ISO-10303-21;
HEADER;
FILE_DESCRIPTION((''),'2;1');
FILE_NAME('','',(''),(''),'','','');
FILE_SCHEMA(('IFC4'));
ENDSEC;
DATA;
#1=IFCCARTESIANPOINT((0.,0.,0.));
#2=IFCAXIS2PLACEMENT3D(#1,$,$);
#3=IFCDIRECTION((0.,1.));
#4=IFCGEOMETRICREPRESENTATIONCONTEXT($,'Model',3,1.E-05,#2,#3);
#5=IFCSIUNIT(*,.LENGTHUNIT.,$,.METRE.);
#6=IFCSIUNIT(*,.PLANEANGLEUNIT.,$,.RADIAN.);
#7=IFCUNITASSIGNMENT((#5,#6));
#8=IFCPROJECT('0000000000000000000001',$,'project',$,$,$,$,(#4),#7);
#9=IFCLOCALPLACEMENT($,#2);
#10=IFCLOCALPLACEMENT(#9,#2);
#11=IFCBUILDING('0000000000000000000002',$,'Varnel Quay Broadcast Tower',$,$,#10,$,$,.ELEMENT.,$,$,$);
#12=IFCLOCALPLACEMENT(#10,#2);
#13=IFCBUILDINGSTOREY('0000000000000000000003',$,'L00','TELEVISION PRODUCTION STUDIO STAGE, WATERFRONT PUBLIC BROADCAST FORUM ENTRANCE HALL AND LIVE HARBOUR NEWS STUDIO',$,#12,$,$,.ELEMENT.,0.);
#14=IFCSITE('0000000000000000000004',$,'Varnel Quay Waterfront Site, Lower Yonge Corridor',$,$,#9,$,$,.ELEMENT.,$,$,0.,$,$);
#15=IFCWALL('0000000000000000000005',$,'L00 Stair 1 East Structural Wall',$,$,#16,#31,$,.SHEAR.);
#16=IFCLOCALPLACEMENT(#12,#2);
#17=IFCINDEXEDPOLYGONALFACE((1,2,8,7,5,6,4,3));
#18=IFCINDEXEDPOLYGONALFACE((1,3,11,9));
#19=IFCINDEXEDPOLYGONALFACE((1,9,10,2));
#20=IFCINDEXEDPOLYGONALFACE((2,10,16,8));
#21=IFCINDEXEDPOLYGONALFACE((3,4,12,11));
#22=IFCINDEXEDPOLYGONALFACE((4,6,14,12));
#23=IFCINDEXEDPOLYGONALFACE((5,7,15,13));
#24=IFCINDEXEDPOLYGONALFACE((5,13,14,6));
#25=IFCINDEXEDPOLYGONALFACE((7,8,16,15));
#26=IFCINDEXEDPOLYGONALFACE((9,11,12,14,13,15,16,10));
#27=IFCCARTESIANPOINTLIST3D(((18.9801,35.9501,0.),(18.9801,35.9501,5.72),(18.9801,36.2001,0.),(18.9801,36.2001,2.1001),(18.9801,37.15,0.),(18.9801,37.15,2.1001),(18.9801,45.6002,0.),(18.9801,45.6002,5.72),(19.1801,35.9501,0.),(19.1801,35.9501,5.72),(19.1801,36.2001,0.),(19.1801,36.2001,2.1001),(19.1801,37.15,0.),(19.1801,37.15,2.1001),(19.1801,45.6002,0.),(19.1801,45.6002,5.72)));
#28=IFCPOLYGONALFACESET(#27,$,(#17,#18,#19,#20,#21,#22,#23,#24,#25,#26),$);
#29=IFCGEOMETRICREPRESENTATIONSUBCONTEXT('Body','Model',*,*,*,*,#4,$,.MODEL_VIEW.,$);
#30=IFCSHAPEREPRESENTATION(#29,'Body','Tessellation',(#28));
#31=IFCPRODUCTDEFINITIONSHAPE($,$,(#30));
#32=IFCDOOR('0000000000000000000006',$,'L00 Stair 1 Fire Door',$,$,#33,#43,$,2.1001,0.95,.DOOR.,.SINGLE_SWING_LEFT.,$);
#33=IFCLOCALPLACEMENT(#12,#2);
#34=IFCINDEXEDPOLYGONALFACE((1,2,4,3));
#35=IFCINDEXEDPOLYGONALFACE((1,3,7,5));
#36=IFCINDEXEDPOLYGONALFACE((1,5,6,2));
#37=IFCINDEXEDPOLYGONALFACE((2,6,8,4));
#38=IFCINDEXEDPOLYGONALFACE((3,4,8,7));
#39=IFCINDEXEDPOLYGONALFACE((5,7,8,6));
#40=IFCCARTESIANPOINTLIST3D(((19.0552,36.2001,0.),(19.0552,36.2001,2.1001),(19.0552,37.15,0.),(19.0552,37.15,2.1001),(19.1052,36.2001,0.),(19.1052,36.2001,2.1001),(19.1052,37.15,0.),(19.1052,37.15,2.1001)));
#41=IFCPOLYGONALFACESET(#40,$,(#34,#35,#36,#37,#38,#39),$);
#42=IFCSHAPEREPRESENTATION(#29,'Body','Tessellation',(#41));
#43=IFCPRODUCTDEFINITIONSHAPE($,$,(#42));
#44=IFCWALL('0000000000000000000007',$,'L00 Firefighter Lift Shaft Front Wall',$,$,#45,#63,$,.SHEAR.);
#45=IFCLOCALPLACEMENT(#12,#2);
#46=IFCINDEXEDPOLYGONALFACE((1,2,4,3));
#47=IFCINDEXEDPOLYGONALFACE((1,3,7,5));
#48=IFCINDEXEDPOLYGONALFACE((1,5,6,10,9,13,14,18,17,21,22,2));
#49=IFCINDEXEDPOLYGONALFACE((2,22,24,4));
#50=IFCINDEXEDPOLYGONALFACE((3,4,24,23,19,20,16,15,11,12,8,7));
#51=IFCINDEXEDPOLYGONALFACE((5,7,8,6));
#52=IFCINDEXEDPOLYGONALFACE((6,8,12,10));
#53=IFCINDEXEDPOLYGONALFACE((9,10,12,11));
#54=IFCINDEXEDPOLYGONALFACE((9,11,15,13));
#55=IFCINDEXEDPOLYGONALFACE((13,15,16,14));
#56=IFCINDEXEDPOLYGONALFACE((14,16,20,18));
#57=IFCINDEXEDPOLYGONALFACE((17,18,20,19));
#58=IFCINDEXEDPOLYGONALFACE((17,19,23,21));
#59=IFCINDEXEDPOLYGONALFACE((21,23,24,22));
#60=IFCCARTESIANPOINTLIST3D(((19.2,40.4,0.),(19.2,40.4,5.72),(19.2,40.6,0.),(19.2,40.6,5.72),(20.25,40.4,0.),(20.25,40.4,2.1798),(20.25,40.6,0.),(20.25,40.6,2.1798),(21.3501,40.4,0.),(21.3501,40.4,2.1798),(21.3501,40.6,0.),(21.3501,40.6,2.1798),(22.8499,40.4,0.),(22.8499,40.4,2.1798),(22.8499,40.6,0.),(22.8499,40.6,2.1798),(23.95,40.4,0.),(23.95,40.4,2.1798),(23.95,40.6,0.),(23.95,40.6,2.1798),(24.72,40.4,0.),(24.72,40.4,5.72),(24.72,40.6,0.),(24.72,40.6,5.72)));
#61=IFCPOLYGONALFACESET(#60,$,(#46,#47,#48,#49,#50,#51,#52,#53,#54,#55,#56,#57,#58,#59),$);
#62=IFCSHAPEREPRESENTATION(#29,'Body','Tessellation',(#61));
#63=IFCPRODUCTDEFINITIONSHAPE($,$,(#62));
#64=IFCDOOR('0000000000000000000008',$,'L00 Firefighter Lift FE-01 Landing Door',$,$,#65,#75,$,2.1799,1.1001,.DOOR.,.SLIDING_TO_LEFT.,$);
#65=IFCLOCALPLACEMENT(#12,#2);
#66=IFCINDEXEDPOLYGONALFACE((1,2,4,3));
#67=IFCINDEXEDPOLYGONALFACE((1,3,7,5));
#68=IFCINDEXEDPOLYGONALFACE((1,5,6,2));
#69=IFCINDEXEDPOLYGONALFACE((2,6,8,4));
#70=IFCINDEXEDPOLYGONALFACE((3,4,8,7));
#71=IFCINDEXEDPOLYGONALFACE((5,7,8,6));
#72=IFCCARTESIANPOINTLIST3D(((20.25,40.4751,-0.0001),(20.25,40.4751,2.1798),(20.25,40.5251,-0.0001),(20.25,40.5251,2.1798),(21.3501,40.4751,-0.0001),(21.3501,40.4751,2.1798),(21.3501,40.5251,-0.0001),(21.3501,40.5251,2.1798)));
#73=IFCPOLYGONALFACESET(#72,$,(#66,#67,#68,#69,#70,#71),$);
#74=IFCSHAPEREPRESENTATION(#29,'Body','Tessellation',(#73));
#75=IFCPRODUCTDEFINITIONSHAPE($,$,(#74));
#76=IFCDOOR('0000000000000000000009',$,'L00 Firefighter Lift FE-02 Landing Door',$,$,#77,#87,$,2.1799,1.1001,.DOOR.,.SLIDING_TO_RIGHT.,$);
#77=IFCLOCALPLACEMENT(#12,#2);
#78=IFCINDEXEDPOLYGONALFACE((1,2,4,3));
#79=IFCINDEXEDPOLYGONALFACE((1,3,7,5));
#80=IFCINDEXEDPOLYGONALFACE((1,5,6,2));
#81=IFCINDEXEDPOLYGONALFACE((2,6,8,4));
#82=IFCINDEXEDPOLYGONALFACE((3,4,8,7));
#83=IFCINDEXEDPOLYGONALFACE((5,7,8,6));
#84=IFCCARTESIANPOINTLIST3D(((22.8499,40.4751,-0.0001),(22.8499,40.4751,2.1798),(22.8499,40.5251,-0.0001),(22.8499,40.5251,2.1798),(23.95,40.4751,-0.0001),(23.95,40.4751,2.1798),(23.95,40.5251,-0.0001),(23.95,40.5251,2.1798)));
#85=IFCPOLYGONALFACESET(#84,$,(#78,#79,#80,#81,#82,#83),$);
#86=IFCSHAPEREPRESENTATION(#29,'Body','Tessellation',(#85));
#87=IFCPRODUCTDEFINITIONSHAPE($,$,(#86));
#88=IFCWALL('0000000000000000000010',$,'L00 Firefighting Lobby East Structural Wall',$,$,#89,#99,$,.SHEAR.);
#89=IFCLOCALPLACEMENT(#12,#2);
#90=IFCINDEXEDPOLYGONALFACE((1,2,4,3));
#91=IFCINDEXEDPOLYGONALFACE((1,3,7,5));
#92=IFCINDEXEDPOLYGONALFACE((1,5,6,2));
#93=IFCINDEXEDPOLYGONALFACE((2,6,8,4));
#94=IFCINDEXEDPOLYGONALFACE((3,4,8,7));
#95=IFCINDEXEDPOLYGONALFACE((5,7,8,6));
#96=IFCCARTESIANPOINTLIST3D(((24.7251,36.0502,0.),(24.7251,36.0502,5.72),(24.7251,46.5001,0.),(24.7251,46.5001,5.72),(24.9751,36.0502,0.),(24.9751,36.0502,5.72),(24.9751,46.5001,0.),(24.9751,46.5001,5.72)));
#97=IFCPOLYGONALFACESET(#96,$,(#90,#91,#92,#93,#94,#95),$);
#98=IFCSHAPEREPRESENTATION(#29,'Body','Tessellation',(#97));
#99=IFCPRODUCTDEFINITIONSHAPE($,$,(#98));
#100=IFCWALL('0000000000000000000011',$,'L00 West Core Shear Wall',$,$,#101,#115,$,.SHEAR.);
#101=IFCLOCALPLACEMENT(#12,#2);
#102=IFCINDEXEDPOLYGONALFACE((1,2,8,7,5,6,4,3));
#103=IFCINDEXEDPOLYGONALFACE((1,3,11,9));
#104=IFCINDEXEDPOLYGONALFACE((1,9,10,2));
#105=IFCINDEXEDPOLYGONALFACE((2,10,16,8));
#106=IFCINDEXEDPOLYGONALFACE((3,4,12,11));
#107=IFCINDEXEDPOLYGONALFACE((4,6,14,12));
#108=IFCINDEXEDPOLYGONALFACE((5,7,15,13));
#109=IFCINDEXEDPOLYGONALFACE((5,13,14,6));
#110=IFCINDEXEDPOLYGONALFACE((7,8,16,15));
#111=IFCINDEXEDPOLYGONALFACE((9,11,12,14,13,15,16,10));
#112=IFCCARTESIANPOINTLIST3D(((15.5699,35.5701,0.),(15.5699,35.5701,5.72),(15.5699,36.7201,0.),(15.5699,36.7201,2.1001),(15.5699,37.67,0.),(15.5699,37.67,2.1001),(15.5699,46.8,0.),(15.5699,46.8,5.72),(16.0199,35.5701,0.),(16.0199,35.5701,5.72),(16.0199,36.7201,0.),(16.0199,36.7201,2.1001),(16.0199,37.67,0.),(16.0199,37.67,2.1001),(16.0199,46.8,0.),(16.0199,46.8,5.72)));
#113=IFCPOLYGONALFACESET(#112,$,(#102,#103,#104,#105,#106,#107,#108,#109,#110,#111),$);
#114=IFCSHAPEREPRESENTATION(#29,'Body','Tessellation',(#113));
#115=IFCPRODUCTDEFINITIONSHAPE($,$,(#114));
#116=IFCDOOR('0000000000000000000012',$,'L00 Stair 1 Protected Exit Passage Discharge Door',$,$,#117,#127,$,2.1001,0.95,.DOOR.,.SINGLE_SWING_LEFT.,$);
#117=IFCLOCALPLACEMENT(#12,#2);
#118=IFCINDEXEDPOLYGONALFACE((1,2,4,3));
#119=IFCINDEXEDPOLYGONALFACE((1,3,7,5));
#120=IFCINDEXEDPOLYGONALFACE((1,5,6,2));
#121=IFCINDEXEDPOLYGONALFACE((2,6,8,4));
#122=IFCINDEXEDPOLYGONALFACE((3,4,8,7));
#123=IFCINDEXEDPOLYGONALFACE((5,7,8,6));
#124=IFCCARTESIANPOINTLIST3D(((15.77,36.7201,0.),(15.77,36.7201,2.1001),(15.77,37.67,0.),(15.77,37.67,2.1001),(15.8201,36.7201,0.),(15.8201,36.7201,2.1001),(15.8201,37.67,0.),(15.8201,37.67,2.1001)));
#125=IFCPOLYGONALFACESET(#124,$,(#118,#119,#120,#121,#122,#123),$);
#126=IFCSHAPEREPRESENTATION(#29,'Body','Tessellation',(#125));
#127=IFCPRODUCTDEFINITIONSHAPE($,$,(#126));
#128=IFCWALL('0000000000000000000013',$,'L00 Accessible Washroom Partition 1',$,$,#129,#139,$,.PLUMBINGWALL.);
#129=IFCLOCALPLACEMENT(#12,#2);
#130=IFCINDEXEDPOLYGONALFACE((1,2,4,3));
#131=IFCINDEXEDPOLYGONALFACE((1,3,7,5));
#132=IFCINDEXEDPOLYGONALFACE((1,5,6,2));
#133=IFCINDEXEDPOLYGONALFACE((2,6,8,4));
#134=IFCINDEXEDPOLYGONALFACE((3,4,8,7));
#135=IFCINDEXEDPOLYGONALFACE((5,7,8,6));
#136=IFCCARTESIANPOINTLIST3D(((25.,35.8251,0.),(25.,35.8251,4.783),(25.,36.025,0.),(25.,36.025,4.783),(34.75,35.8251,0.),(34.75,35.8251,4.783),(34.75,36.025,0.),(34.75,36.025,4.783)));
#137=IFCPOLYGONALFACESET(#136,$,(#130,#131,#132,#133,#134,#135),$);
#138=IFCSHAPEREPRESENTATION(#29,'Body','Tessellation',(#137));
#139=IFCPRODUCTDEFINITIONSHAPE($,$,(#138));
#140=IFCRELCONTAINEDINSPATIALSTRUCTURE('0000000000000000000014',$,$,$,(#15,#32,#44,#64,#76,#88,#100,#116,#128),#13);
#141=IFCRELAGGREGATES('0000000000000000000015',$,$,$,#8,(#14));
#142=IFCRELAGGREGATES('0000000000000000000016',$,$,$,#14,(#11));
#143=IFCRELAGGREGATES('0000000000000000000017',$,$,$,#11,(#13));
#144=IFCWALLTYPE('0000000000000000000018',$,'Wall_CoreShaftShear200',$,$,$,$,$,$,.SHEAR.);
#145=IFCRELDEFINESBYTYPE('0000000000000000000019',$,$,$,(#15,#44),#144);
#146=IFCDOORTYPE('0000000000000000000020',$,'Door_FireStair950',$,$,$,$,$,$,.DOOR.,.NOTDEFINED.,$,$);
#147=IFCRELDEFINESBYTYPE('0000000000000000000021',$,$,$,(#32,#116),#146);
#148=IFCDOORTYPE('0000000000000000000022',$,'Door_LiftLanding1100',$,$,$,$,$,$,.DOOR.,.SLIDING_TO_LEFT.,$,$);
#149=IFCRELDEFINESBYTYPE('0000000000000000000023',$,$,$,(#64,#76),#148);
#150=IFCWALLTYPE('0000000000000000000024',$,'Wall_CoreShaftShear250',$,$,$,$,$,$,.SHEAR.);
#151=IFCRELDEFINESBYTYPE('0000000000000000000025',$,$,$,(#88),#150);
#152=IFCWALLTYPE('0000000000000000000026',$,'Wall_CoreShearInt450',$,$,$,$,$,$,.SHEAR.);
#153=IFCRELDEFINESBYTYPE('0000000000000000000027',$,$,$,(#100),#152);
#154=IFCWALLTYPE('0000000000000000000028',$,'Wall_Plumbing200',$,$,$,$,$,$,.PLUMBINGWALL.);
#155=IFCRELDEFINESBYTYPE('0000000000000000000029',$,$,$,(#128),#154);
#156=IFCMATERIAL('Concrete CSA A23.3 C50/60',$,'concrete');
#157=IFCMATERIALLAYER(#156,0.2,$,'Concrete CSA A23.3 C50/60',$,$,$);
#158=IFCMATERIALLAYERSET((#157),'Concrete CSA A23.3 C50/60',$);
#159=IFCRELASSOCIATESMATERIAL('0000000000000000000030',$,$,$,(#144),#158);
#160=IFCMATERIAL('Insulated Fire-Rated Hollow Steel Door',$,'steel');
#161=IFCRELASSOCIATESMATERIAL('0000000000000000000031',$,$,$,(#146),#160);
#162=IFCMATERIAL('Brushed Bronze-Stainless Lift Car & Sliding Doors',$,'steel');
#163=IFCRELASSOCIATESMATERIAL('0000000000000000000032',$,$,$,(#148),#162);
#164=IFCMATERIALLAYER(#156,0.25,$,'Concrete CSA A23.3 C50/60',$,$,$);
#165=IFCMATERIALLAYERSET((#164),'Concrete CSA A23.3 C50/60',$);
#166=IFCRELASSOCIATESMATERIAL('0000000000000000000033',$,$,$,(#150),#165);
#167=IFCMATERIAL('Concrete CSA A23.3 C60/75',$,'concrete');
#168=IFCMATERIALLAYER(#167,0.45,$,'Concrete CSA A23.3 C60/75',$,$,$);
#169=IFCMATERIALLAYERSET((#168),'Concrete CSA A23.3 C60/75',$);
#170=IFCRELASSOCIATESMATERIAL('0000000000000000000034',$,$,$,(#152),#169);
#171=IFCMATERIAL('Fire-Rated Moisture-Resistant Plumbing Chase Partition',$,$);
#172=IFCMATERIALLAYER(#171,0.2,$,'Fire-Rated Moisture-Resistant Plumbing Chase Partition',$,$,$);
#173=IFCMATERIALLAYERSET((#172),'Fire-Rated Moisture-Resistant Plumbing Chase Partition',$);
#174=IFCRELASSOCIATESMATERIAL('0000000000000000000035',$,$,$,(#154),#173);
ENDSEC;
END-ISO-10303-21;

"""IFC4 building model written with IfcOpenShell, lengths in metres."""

from ifc_helpers import new_model, si_unit, direction, frame, frame_2d, origin, place, context, subcontext, project, spatial, rectangle, extrude, source, transform, mapped, material, layer, layer_set, type_object, type_shapes, element, fill, save


model = new_model("IFC4")

# Units and contexts
model_context = context("Model", 3, precision=1e-05, world=origin(), true_north=direction((0.0, 1.0)))
body_context = subcontext(model_context, "Body", "Model", "MODEL_VIEW")
ifc_project = project(units=[si_unit("LENGTHUNIT", "METRE"), si_unit("PLANEANGLEUNIT", "RADIAN")], contexts=[model_context])

# Site, building, storey
site_placement = place(None, origin())
site = spatial("IfcSite", under=ifc_project, at=site_placement, Name="Varnel Quay Waterfront Site, Lower Yonge Corridor", CompositionType="ELEMENT", RefElevation=0.0)
building_placement = place(site_placement, origin())
building = spatial("IfcBuilding", under=site, at=building_placement, Name="Varnel Quay Broadcast Tower", CompositionType="ELEMENT")
storey_placement = place(building_placement, origin())
storey = spatial("IfcBuildingStorey", under=building, at=storey_placement, Name="L00", Description="TELEVISION PRODUCTION STUDIO STAGE, WATERFRONT PUBLIC BROADCAST FORUM ENTRANCE HALL AND LIVE HARBOUR NEWS STUDIO", CompositionType="ELEMENT", Elevation=0.0)

# Wall, opening, door
ifc_material_1 = material(Name="Concrete CSA A23.3 C50/60", Category="concrete")
ifc_layer_1 = layer(ifc_material_1, 0.2, Name="Concrete CSA A23.3 C50/60")
ifc_layer_set_1 = layer_set([ifc_layer_1], Name="Concrete CSA A23.3 C50/60")
wall_type_1 = type_object("IfcWallType", Name="Wall_CoreShaftShear200", PredefinedType="SHEAR", material=ifc_layer_set_1)
wall_1_placement = place(storey_placement, frame((19.0801, 35.95, 0.0), z_axis=(0.0, 0.0, 1.0), x_axis=(0.0, 1.0, 0.0)))
wall_1 = element("IfcWall", 1, at=wall_1_placement, inside=storey, type_object=wall_type_1, Name="L00 Stair 1 East Structural Wall", PredefinedType="SHEAR", context=body_context, shape_type="SweptSolid", body=[
    extrude(rectangle(XDim=9.6501, YDim=0.2, at=frame_2d((4.8252, 0.0))), origin(), (0.0, 0.0, 1.0), 5.72),
])
opening_1_placement = place(wall_1_placement, frame((0.25, 0.0, 0.0)))
opening_1 = element("IfcOpeningElement", 2, at=opening_1_placement, cuts=wall_1, PredefinedType="OPENING", context=body_context, shape_type="SweptSolid", body=[
    extrude(rectangle(XDim=0.95, YDim=2.1001, at=frame_2d((0.4751, 1.05))), frame((0.0, 0.1099, 0.0), z_axis=(0.0, -1.0, 0.0), x_axis=(1.0, 0.0, 0.0)), (0.0, 0.0, 1.0), 0.22),
])
ifc_material_2 = material(Name="Insulated Fire-Rated Hollow Steel Door", Category="steel")
door_type_1 = type_object("IfcDoorType", Name="Door_FireStair950", OperationType="NOTDEFINED", PredefinedType="DOOR", material=ifc_material_2)
shared_shape_1 = source(origin(), body_context, "Body", "SweptSolid", [
    extrude(rectangle(XDim=0.95, YDim=2.1001, at=frame_2d((0.4751, 1.05))), frame((0.0, 0.0249, 0.0), z_axis=(0.0, -1.0, 0.0), x_axis=(1.0, 0.0, 0.0)), (0.0, 0.0, 1.0), 0.05),
])
type_shapes(door_type_1, [shared_shape_1])
door_1_placement = place(opening_1_placement, origin())
door_1 = element("IfcDoor", 3, at=door_1_placement, inside=storey, type_object=door_type_1, Name="L00 Stair 1 Fire Door", OperationType="SINGLE_SWING_LEFT", OverallHeight=2.1001, OverallWidth=0.95, PredefinedType="DOOR", context=body_context, shape_type="MappedRepresentation", body=[
    mapped(shared_shape_1, transform((0.0, 0.0, 0.0), x_axis=(1.0, 0.0, 0.0), y_axis=(0.0, 1.0, 0.0), z_axis=(0.0, 0.0, 1.0), scale=1.0)),
])
fill(opening_1, door_1)

# Wall, openings, doors
wall_2_placement = place(storey_placement, frame((19.2, 40.5, 0.0), z_axis=(0.0, 0.0, 1.0), x_axis=(1.0, 0.0, 0.0)))
wall_2 = element("IfcWall", 4, at=wall_2_placement, inside=storey, type_object=wall_type_1, Name="L00 Firefighter Lift Shaft Front Wall", PredefinedType="SHEAR", context=body_context, shape_type="SweptSolid", body=[
    extrude(rectangle(XDim=5.52, YDim=0.2, at=frame_2d((2.76, 0.0))), origin(), (0.0, 0.0, 1.0), 5.72),
])
opening_2_placement = place(wall_2_placement, frame((1.05, 0.0, 0.0)))
opening_2 = element("IfcOpeningElement", 5, at=opening_2_placement, cuts=wall_2, PredefinedType="OPENING", context=body_context, shape_type="SweptSolid", body=[
    extrude(rectangle(XDim=1.1001, YDim=2.1799, at=frame_2d((0.55, 1.0898))), frame((0.0, 0.1099, 0.0), z_axis=(0.0, -1.0, 0.0), x_axis=(1.0, 0.0, 0.0)), (0.0, 0.0, 1.0), 0.22),
])
opening_3_placement = place(wall_2_placement, frame((3.6499, 0.0, 0.0)))
opening_3 = element("IfcOpeningElement", 6, at=opening_3_placement, cuts=wall_2, PredefinedType="OPENING", context=body_context, shape_type="SweptSolid", body=[
    extrude(rectangle(XDim=1.1001, YDim=2.1799, at=frame_2d((0.55, 1.0898))), frame((0.0, 0.1099, 0.0), z_axis=(0.0, -1.0, 0.0), x_axis=(1.0, 0.0, 0.0)), (0.0, 0.0, 1.0), 0.22),
])
ifc_material_3 = material(Name="Brushed Bronze-Stainless Lift Car & Sliding Doors", Category="steel")
door_type_2 = type_object("IfcDoorType", Name="Door_LiftLanding1100", OperationType="SLIDING_TO_LEFT", PredefinedType="DOOR", material=ifc_material_3)
shared_shape_2 = source(origin(), body_context, "Body", "SweptSolid", [
    extrude(rectangle(XDim=1.1001, YDim=2.1799, at=frame_2d((0.55, 1.0898))), frame((0.0, 0.0249, 0.0), z_axis=(0.0, -1.0, 0.0), x_axis=(1.0, 0.0, 0.0)), (0.0, 0.0, 1.0), 0.05),
])
type_shapes(door_type_2, [shared_shape_2])
door_2_placement = place(opening_2_placement, frame((1.1001, 0.0, 0.0), z_axis=(0.0, 0.0, 1.0), x_axis=(-1.0, 0.0, 0.0)))
door_2 = element("IfcDoor", 7, at=door_2_placement, inside=storey, type_object=door_type_2, Name="L00 Firefighter Lift FE-01 Landing Door", OperationType="SLIDING_TO_LEFT", OverallHeight=2.1799, OverallWidth=1.1001, PredefinedType="DOOR", context=body_context, shape_type="MappedRepresentation", body=[
    mapped(shared_shape_2, transform((0.0, 0.0, 0.0), x_axis=(1.0, 0.0, 0.0), y_axis=(0.0, 1.0, 0.0), z_axis=(0.0, 0.0, 1.0), scale=1.0)),
])
fill(opening_2, door_2)
door_3_placement = place(opening_3_placement, frame((1.1001, 0.0, 0.0), z_axis=(0.0, 0.0, 1.0), x_axis=(-1.0, 0.0, 0.0)))
door_3 = element("IfcDoor", 8, at=door_3_placement, inside=storey, type_object=door_type_2, Name="L00 Firefighter Lift FE-02 Landing Door", OperationType="SLIDING_TO_RIGHT", OverallHeight=2.1799, OverallWidth=1.1001, PredefinedType="DOOR", context=body_context, shape_type="MappedRepresentation", body=[
    mapped(shared_shape_2, transform((0.0, 0.0, 0.0), x_axis=(1.0, 0.0, 0.0), y_axis=(0.0, 1.0, 0.0), z_axis=(0.0, 0.0, 1.0), scale=1.0)),
])
fill(opening_3, door_3)

# Wall
ifc_layer_2 = layer(ifc_material_1, 0.25, Name="Concrete CSA A23.3 C50/60")
ifc_layer_set_2 = layer_set([ifc_layer_2], Name="Concrete CSA A23.3 C50/60")
wall_type_2 = type_object("IfcWallType", Name="Wall_CoreShaftShear250", PredefinedType="SHEAR", material=ifc_layer_set_2)
wall_3_placement = place(storey_placement, frame((24.8501, 36.05, 0.0), z_axis=(0.0, 0.0, 1.0), x_axis=(0.0, 1.0, 0.0)))
element("IfcWall", 9, at=wall_3_placement, inside=storey, type_object=wall_type_2, Name="L00 Firefighting Lobby East Structural Wall", PredefinedType="SHEAR", context=body_context, shape_type="SweptSolid", body=[
    extrude(rectangle(XDim=10.45, YDim=0.25, at=frame_2d((5.2251, 0.0))), origin(), (0.0, 0.0, 1.0), 5.72),
])

# Wall, opening, door
ifc_material_4 = material(Name="Concrete CSA A23.3 C60/75", Category="concrete")
ifc_layer_3 = layer(ifc_material_4, 0.45, Name="Concrete CSA A23.3 C60/75")
ifc_layer_set_3 = layer_set([ifc_layer_3], Name="Concrete CSA A23.3 C60/75")
wall_type_3 = type_object("IfcWallType", Name="Wall_CoreShearInt450", PredefinedType="SHEAR", material=ifc_layer_set_3)
wall_4_placement = place(storey_placement, frame((15.7949, 35.5701, 0.0), z_axis=(0.0, 0.0, 1.0), x_axis=(0.0, 1.0, 0.0)))
wall_4 = element("IfcWall", 10, at=wall_4_placement, inside=storey, type_object=wall_type_3, Name="L00 West Core Shear Wall", PredefinedType="SHEAR", context=body_context, shape_type="SweptSolid", body=[
    extrude(rectangle(XDim=11.23, YDim=0.45, at=frame_2d((5.615, 0.0))), origin(), (0.0, 0.0, 1.0), 5.72),
])
opening_4_placement = place(wall_4_placement, frame((1.1499, 0.0, 0.0)))
opening_4 = element("IfcOpeningElement", 11, at=opening_4_placement, cuts=wall_4, PredefinedType="OPENING", context=body_context, shape_type="SweptSolid", body=[
    extrude(rectangle(XDim=0.95, YDim=2.1001, at=frame_2d((0.4751, 1.05))), frame((0.0, 0.2349, 0.0), z_axis=(0.0, -1.0, 0.0), x_axis=(1.0, 0.0, 0.0)), (0.0, 0.0, 1.0), 0.47),
])
door_4_placement = place(opening_4_placement, origin())
door_4 = element("IfcDoor", 12, at=door_4_placement, inside=storey, type_object=door_type_1, Name="L00 Stair 1 Protected Exit Passage Discharge Door", OperationType="SINGLE_SWING_LEFT", OverallHeight=2.1001, OverallWidth=0.95, PredefinedType="DOOR", context=body_context, shape_type="MappedRepresentation", body=[
    mapped(shared_shape_1, transform((0.0, 0.0, 0.0), x_axis=(1.0, 0.0, 0.0), y_axis=(0.0, 1.0, 0.0), z_axis=(0.0, 0.0, 1.0), scale=1.0)),
])
fill(opening_4, door_4)

# Wall
ifc_material_5 = material(Name="Fire-Rated Moisture-Resistant Plumbing Chase Partition")
ifc_layer_4 = layer(ifc_material_5, 0.2, Name="Fire-Rated Moisture-Resistant Plumbing Chase Partition")
ifc_layer_set_4 = layer_set([ifc_layer_4], Name="Fire-Rated Moisture-Resistant Plumbing Chase Partition")
wall_type_4 = type_object("IfcWallType", Name="Wall_Plumbing200", PredefinedType="PLUMBINGWALL", material=ifc_layer_set_4)
wall_5_placement = place(storey_placement, frame((25.0, 35.925, 0.0), z_axis=(0.0, 0.0, 1.0), x_axis=(1.0, 0.0, 0.0)))
element("IfcWall", 13, at=wall_5_placement, inside=storey, type_object=wall_type_4, Name="L00 Accessible Washroom Partition 1", PredefinedType="PLUMBINGWALL", context=body_context, shape_type="SweptSolid", body=[
    extrude(rectangle(XDim=9.75, YDim=0.2, at=frame_2d((4.875, 0.0))), origin(), (0.0, 0.0, 1.0), 4.783),
])

save(model, "model.ifc")
